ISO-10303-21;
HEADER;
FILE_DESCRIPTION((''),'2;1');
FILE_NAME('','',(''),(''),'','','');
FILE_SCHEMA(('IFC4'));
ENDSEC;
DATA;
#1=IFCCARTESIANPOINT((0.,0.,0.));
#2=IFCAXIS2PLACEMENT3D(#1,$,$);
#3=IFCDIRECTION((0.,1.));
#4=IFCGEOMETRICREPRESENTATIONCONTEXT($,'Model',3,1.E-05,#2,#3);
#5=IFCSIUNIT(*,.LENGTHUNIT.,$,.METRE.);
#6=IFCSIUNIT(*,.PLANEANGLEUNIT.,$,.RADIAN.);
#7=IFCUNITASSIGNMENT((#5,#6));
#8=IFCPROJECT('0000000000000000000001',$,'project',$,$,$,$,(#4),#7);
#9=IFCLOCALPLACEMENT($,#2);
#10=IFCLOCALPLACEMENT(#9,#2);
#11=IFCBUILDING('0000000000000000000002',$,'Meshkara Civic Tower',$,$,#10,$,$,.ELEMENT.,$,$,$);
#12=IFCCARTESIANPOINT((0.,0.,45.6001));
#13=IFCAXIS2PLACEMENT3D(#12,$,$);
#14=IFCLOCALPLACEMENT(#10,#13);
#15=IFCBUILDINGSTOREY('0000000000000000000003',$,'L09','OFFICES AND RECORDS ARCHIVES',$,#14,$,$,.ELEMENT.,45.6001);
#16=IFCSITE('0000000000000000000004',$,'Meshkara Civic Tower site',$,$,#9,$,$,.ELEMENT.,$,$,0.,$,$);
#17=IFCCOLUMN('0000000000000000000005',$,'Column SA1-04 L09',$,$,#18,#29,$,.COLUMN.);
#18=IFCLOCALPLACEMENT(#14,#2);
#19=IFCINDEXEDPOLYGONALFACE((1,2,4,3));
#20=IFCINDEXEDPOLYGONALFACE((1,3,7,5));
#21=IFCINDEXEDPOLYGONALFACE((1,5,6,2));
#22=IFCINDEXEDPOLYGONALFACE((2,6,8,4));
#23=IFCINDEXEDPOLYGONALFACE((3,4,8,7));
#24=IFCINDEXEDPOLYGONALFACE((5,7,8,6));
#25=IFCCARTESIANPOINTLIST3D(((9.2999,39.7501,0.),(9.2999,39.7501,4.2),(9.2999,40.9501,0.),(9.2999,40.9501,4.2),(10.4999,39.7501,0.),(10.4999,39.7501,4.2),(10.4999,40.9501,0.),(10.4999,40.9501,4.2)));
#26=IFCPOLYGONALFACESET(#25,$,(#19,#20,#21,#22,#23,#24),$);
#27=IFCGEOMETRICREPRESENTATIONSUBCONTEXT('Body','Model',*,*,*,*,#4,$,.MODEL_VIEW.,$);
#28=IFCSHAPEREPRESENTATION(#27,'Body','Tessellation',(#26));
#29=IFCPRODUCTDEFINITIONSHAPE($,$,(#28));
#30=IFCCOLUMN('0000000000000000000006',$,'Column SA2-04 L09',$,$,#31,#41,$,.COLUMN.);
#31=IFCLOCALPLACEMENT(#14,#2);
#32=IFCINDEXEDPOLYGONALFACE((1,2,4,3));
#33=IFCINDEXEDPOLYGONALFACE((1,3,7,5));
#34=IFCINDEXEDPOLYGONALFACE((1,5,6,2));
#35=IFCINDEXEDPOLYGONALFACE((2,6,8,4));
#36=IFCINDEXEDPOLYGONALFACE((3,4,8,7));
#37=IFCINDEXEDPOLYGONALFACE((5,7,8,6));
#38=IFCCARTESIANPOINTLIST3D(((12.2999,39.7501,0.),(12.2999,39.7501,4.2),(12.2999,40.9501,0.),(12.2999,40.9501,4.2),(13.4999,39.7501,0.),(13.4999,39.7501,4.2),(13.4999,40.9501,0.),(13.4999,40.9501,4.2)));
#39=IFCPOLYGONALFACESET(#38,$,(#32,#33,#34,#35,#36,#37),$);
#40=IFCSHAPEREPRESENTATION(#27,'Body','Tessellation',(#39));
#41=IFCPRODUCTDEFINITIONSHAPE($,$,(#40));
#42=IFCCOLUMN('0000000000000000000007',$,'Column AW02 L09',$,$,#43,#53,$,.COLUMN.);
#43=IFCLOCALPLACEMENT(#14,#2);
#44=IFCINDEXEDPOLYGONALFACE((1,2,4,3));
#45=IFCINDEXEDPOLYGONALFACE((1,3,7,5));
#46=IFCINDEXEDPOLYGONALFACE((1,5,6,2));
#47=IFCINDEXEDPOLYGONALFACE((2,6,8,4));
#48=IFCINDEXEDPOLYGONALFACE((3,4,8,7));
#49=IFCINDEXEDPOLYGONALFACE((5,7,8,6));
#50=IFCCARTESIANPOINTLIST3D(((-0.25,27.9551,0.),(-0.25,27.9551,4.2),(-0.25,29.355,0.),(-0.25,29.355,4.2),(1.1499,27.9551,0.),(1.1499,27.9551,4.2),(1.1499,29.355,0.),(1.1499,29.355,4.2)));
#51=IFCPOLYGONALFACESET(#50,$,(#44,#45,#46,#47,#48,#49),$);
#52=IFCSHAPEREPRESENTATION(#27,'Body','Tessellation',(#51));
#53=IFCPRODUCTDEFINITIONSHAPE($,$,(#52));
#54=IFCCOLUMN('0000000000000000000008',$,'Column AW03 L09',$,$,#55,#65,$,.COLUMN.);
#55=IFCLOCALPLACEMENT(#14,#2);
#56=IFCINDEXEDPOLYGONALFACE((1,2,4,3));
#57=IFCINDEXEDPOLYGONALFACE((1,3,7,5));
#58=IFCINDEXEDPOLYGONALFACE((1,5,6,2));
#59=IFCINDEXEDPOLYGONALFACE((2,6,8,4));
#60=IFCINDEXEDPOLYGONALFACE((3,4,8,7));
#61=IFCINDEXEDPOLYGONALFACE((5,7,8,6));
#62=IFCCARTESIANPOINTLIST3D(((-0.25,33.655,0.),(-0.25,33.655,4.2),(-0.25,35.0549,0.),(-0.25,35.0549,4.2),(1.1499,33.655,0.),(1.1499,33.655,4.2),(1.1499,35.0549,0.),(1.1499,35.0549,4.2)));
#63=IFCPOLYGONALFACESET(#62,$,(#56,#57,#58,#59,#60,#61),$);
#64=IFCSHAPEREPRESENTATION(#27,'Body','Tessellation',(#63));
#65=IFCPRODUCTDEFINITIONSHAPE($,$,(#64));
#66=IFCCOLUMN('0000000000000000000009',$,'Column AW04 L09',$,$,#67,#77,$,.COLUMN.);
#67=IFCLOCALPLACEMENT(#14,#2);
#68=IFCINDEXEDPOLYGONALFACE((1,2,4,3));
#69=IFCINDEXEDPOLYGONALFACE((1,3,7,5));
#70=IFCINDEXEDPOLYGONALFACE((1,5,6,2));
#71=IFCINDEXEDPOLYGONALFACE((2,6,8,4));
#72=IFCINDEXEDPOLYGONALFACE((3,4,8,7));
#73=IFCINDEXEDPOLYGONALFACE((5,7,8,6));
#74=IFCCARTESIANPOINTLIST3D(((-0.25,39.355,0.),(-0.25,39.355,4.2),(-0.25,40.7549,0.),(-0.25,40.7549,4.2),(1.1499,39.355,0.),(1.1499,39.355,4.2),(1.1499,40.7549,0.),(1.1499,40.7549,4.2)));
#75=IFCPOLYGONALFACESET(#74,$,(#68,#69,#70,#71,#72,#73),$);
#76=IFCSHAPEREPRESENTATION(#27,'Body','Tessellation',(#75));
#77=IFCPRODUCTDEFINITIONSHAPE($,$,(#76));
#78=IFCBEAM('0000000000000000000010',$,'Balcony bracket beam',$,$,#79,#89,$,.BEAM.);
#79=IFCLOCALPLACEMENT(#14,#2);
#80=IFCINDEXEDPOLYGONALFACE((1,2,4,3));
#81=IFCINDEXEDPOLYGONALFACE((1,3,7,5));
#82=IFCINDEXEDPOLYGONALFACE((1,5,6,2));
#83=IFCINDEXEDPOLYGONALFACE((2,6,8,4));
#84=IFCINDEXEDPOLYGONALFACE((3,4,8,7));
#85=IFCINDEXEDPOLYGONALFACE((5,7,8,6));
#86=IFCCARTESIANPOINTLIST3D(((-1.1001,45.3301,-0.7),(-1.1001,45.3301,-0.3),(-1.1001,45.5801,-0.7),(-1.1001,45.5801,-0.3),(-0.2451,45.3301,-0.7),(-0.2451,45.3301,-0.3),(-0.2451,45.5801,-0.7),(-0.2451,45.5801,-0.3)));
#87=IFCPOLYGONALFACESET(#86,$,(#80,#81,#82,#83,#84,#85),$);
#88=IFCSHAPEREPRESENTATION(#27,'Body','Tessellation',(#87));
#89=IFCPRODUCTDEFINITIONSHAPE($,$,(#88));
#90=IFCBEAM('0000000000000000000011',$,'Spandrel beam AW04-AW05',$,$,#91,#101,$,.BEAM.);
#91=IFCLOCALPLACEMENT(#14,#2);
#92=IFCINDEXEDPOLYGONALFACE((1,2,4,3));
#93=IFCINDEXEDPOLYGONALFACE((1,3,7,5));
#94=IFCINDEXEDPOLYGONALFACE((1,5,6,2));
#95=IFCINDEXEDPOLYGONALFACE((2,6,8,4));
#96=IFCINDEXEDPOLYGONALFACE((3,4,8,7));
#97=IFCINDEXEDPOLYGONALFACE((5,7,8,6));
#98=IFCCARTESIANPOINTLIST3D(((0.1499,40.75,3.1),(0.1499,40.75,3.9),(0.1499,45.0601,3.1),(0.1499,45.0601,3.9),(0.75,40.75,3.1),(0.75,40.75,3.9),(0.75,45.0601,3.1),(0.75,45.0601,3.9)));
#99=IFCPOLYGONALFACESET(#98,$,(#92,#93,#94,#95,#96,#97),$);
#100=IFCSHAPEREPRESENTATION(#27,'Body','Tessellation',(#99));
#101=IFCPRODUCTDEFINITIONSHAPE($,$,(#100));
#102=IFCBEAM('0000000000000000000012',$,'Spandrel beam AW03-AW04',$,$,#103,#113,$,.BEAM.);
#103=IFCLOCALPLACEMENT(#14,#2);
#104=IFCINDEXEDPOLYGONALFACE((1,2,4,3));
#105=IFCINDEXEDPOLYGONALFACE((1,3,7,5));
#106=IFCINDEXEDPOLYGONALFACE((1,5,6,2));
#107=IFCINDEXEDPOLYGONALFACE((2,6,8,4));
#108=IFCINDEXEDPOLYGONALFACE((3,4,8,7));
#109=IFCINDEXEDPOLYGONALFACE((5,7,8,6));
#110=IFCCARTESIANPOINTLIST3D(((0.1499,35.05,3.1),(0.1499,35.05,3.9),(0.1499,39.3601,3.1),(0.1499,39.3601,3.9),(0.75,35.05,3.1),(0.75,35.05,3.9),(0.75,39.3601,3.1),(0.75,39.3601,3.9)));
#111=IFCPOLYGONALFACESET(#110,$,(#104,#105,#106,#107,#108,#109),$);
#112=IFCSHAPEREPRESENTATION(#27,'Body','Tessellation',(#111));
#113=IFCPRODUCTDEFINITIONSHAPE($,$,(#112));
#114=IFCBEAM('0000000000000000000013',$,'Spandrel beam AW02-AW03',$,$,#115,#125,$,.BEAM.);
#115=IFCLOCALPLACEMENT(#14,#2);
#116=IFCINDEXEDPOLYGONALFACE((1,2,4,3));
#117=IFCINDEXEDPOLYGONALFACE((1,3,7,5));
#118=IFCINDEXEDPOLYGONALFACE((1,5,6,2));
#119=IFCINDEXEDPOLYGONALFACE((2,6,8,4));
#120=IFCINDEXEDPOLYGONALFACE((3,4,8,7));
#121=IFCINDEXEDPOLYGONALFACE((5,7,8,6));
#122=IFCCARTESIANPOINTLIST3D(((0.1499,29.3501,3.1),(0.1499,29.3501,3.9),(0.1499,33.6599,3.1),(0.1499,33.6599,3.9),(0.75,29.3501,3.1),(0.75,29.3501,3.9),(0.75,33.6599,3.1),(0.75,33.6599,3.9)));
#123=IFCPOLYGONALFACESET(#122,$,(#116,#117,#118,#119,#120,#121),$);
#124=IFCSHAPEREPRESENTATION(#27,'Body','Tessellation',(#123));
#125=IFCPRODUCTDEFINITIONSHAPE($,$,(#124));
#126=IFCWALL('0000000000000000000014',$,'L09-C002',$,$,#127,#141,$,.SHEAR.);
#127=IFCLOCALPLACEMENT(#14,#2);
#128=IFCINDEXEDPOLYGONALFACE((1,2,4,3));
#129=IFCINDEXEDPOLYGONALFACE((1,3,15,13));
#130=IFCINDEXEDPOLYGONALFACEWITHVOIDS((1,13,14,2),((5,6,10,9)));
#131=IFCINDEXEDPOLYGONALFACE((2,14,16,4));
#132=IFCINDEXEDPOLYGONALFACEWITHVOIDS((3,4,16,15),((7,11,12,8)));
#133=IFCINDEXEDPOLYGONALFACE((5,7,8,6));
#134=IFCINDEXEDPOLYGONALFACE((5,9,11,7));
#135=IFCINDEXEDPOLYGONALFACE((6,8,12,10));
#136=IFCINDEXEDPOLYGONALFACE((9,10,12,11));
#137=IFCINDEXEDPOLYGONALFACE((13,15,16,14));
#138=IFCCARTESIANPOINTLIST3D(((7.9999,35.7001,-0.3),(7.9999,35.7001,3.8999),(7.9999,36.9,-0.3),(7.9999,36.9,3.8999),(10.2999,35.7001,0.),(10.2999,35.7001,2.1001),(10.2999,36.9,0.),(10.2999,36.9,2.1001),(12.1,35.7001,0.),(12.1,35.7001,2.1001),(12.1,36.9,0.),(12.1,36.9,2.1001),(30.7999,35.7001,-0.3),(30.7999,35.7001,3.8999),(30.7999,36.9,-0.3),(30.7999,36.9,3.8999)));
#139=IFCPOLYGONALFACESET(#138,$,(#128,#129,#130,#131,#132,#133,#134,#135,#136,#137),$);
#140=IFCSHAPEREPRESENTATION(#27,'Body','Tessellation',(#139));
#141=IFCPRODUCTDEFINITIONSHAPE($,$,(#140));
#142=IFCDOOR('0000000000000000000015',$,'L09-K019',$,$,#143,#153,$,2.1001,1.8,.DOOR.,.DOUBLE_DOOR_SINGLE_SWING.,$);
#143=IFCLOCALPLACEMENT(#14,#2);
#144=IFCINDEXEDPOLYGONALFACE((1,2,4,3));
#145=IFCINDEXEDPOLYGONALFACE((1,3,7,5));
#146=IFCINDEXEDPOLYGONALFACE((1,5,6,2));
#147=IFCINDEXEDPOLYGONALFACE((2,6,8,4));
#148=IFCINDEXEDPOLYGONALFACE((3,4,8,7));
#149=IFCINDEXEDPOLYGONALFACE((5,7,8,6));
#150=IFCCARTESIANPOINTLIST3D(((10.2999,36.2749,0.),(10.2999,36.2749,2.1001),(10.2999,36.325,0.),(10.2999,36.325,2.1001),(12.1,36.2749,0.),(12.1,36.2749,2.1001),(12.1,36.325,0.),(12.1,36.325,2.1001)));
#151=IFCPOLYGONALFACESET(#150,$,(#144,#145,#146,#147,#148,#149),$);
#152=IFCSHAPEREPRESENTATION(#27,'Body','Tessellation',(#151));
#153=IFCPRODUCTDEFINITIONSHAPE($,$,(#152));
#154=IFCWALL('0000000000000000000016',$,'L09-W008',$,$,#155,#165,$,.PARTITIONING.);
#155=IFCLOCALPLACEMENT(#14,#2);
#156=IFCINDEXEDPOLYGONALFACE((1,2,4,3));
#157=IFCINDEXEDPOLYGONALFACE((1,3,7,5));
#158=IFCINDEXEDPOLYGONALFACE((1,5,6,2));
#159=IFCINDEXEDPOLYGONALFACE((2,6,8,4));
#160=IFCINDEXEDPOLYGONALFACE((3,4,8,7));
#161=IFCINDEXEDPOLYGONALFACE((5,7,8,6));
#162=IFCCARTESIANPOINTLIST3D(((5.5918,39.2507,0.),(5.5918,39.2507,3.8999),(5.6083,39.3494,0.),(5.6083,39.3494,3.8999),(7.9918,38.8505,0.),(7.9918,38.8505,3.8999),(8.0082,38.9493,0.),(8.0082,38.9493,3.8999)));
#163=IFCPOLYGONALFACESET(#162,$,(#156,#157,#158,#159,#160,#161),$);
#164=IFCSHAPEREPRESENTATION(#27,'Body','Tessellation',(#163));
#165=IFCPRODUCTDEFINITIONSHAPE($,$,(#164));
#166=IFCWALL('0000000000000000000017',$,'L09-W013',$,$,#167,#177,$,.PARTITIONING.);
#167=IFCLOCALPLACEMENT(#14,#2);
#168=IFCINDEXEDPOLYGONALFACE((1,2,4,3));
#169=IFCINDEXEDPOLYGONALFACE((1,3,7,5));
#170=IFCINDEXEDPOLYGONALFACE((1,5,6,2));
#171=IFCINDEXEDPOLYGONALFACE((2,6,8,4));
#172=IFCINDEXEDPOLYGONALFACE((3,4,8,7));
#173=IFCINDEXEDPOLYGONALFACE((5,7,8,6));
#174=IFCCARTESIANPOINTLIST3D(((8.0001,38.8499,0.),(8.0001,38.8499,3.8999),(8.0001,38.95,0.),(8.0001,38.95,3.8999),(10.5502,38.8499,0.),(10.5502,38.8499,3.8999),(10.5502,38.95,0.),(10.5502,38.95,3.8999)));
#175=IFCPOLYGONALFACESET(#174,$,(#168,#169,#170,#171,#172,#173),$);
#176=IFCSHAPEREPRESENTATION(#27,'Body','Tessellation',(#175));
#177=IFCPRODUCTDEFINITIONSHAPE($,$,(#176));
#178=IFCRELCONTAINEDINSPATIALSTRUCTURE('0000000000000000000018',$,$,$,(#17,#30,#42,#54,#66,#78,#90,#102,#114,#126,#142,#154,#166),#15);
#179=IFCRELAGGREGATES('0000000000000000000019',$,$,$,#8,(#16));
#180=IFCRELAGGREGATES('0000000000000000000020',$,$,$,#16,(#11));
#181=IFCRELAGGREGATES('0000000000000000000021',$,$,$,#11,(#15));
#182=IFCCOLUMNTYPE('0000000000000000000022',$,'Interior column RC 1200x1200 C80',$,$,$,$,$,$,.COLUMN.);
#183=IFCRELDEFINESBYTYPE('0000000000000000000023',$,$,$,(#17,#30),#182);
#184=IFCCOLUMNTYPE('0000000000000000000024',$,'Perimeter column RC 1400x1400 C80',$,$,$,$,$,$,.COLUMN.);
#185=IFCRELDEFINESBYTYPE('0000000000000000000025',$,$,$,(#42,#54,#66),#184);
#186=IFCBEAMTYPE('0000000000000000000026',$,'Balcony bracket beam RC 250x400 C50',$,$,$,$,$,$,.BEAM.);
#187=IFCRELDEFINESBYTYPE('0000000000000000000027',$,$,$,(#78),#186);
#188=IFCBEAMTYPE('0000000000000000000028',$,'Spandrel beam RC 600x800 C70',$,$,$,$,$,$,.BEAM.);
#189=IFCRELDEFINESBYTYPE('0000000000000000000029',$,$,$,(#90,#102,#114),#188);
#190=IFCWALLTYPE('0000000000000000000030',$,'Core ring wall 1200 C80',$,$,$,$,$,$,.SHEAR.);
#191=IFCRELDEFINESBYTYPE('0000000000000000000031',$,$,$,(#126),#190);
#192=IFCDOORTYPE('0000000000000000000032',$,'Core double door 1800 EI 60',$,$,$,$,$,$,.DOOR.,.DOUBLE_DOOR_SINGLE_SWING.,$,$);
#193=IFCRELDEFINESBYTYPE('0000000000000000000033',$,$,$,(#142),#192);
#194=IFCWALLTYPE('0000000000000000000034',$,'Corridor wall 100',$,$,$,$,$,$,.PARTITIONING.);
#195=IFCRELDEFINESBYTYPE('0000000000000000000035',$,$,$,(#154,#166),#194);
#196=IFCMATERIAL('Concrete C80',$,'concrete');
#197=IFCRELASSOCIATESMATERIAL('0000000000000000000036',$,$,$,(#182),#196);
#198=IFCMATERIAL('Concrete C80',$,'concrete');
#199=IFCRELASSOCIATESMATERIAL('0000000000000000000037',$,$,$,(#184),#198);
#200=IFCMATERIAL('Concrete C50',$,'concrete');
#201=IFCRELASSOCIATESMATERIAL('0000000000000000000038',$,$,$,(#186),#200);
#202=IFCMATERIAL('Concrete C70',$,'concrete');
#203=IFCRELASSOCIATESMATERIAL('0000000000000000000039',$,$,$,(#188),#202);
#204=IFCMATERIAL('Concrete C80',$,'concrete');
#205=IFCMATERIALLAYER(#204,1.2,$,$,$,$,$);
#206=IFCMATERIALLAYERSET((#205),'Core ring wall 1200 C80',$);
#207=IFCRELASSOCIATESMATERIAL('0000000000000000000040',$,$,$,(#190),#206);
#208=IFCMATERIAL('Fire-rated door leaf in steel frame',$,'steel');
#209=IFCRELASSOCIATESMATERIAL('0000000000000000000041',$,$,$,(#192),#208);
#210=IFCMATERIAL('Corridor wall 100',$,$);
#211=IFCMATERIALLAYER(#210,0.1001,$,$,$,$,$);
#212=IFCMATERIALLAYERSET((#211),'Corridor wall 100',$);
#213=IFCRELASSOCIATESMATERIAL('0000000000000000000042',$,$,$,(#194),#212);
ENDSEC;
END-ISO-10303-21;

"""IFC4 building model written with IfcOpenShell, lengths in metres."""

from ifc_helpers import new_model, si_unit, direction, frame, frame_2d, origin, origin_2d, place, context, subcontext, project, spatial, rectangle, extrude, material, layer, layer_set, material_profile, profile_set, type_object, element, fill, save


model = new_model("IFC4")

# Units and contexts
model_context = context("Model", 3, precision=1e-05, world=origin(), true_north=direction((0.0, 1.0)))
body_context = subcontext(model_context, "Body", "Model", "MODEL_VIEW")
ifc_project = project(units=[si_unit("LENGTHUNIT", "METRE"), si_unit("PLANEANGLEUNIT", "RADIAN")], contexts=[model_context])

# Site, building, storey
site_placement = place(None, origin())
site = spatial("IfcSite", under=ifc_project, at=site_placement, Name="Meshkara Civic Tower site", CompositionType="ELEMENT", RefElevation=0.0)
building_placement = place(site_placement, origin())
building = spatial("IfcBuilding", under=site, at=building_placement, Name="Meshkara Civic Tower", CompositionType="ELEMENT")
storey_placement = place(building_placement, frame((0.0, 0.0, 45.6001)))
storey = spatial("IfcBuildingStorey", under=building, at=storey_placement, Name="L09", Description="OFFICES AND RECORDS ARCHIVES", CompositionType="ELEMENT", Elevation=45.6001)

# Columns
ifc_material_1 = material(Name="Concrete C80", Category="concrete")
ifc_material_profile_1 = material_profile(ifc_material_1, rectangle(XDim=1.2, YDim=1.2, at=origin_2d()))
ifc_profile_set_1 = profile_set([ifc_material_profile_1], Name="Concrete C80")
column_type_1 = type_object("IfcColumnType", Name="Interior column RC 1200x1200 C80", PredefinedType="COLUMN", material=ifc_profile_set_1)
for number, where, z_axis, x_axis, name in (
    (1, (9.8999, 40.3501, 0.0), (0.0, 0.0, 1.0), (1.0, 0.0, 0.0), "Column SA1-04 L09"),
    (2, (12.8999, 40.3501, 0.0), (0.0, 0.0, 1.0), (1.0, 0.0, 0.0), "Column SA2-04 L09"),
):
    element("IfcColumn", number, at=place(storey_placement, frame(where, z_axis=z_axis, x_axis=x_axis)), inside=storey, type_object=column_type_1, Name=name, PredefinedType="COLUMN", context=body_context, shape_type="SweptSolid", body=[
        extrude(rectangle(XDim=1.2, YDim=1.2, at=origin_2d()), origin(), (0.0, 0.0, 1.0), 4.2),
    ])
ifc_material_2 = material(Name="Concrete C80", Category="concrete")
ifc_material_profile_2 = material_profile(ifc_material_2, rectangle(XDim=1.3999, YDim=1.3999, at=origin_2d()))
ifc_profile_set_2 = profile_set([ifc_material_profile_2], Name="Concrete C80")
column_type_2 = type_object("IfcColumnType", Name="Perimeter column RC 1400x1400 C80", PredefinedType="COLUMN", material=ifc_profile_set_2)
for number, where, z_axis, x_axis, name in (
    (3, (0.45, 28.655, 0.0), (0.0, 0.0, 1.0), (1.0, 0.0, 0.0), "Column AW02 L09"),
    (4, (0.45, 34.355, 0.0), (0.0, 0.0, 1.0), (1.0, 0.0, 0.0), "Column AW03 L09"),
    (5, (0.45, 40.0549, 0.0), (0.0, 0.0, 1.0), (1.0, 0.0, 0.0), "Column AW04 L09"),
):
    element("IfcColumn", number, at=place(storey_placement, frame(where, z_axis=z_axis, x_axis=x_axis)), inside=storey, type_object=column_type_2, Name=name, PredefinedType="COLUMN", context=body_context, shape_type="SweptSolid", body=[
        extrude(rectangle(XDim=1.3999, YDim=1.3999, at=origin_2d()), origin(), (0.0, 0.0, 1.0), 4.2),
    ])

# Beams
ifc_material_3 = material(Name="Concrete C50", Category="concrete")
ifc_material_profile_3 = material_profile(ifc_material_3, rectangle(XDim=0.25, YDim=0.3999, at=origin_2d()))
ifc_profile_set_3 = profile_set([ifc_material_profile_3], Name="Concrete C50")
beam_type_1 = type_object("IfcBeamType", Name="Balcony bracket beam RC 250x400 C50", PredefinedType="BEAM", material=ifc_profile_set_3)
beam_1_placement = place(storey_placement, frame((-0.2451, 45.4551, -0.5), z_axis=(-1.0, 0.0, 0.0), x_axis=(0.0, -1.0, 0.0)))
element("IfcBeam", 6, at=beam_1_placement, inside=storey, type_object=beam_type_1, Name="Balcony bracket beam", PredefinedType="BEAM", context=body_context, shape_type="SweptSolid", body=[
    extrude(rectangle(XDim=0.25, YDim=0.3999, at=origin_2d()), origin(), (0.0, 0.0, 1.0), 0.855),
])
ifc_material_4 = material(Name="Concrete C70", Category="concrete")
ifc_material_profile_4 = material_profile(ifc_material_4, rectangle(XDim=0.6001, YDim=0.8, at=origin_2d()))
ifc_profile_set_4 = profile_set([ifc_material_profile_4], Name="Concrete C70")
beam_type_2 = type_object("IfcBeamType", Name="Spandrel beam RC 600x800 C70", PredefinedType="BEAM", material=ifc_profile_set_4)
for number, where, z_axis, x_axis, name in (
    (7, (0.45, 45.0601, 3.5), (0.0, -1.0, 0.0), (1.0, 0.0, 0.0), "Spandrel beam AW04-AW05"),
    (8, (0.45, 39.3601, 3.5), (0.0, -1.0, 0.0), (1.0, 0.0, 0.0), "Spandrel beam AW03-AW04"),
):
    element("IfcBeam", number, at=place(storey_placement, frame(where, z_axis=z_axis, x_axis=x_axis)), inside=storey, type_object=beam_type_2, Name=name, PredefinedType="BEAM", context=body_context, shape_type="SweptSolid", body=[
        extrude(rectangle(XDim=0.6001, YDim=0.8, at=origin_2d()), origin(), (0.0, 0.0, 1.0), 4.3101),
    ])
beam_2_placement = place(storey_placement, frame((0.45, 33.6599, 3.5), z_axis=(0.0, -1.0, 0.0), x_axis=(1.0, 0.0, 0.0)))
element("IfcBeam", 9, at=beam_2_placement, inside=storey, type_object=beam_type_2, Name="Spandrel beam AW02-AW03", PredefinedType="BEAM", context=body_context, shape_type="SweptSolid", body=[
    extrude(rectangle(XDim=0.6001, YDim=0.8, at=origin_2d()), origin(), (0.0, 0.0, 1.0), 4.3098),
])

# Wall, opening, door
ifc_material_5 = material(Name="Concrete C80", Category="concrete")
ifc_layer_1 = layer(ifc_material_5, 1.2)
ifc_layer_set_1 = layer_set([ifc_layer_1], Name="Core ring wall 1200 C80")
wall_type_1 = type_object("IfcWallType", Name="Core ring wall 1200 C80", PredefinedType="SHEAR", material=ifc_layer_set_1)
wall_1_placement = place(storey_placement, frame((8.0, 36.3, -0.3), z_axis=(0.0, 0.0, 1.0), x_axis=(1.0, 0.0, 0.0)))
wall_1 = element("IfcWall", 10, at=wall_1_placement, inside=storey, type_object=wall_type_1, Name="L09-C002", PredefinedType="SHEAR", context=body_context, shape_type="SweptSolid", body=[
    extrude(rectangle(XDim=22.8, YDim=1.2, at=frame_2d((11.3999, 0.0))), origin(), (0.0, 0.0, 1.0), 4.2),
])
opening_1_placement = place(wall_1_placement, frame((2.3, 0.0, 0.3)))
opening_1 = element("IfcOpeningElement", 11, at=opening_1_placement, cuts=wall_1, PredefinedType="OPENING", context=body_context, shape_type="SweptSolid", body=[
    extrude(rectangle(XDim=1.8, YDim=2.1001, at=frame_2d((0.8999, 1.05))), frame((0.0, 0.6099, 0.0), z_axis=(0.0, -1.0, 0.0), x_axis=(1.0, 0.0, 0.0)), (0.0, 0.0, 1.0), 1.22),
])
ifc_material_6 = material(Name="Fire-rated door leaf in steel frame", Category="steel")
door_type_1 = type_object("IfcDoorType", Name="Core double door 1800 EI 60", OperationType="DOUBLE_DOOR_SINGLE_SWING", PredefinedType="DOOR", material=ifc_material_6)
door_1_placement = place(opening_1_placement, origin())
door_1 = element("IfcDoor", 12, at=door_1_placement, inside=storey, type_object=door_type_1, Name="L09-K019", OperationType="DOUBLE_DOOR_SINGLE_SWING", OverallHeight=2.1001, OverallWidth=1.8, PredefinedType="DOOR", context=body_context, shape_type="SweptSolid", body=[
    extrude(rectangle(XDim=1.8, YDim=2.1001, at=frame_2d((0.8999, 1.05))), frame((0.0, 0.0249, 0.0), z_axis=(0.0, -1.0, 0.0), x_axis=(1.0, 0.0, 0.0)), (0.0, 0.0, 1.0), 0.05),
])
fill(opening_1, door_1)

# Walls
ifc_material_7 = material(Name="Corridor wall 100")
ifc_layer_2 = layer(ifc_material_7, 0.1001)
ifc_layer_set_2 = layer_set([ifc_layer_2], Name="Corridor wall 100")
wall_type_2 = type_object("IfcWallType", Name="Corridor wall 100", PredefinedType="PARTITIONING", material=ifc_layer_set_2)
wall_2_placement = place(storey_placement, frame((8.0, 38.8999, 0.0), z_axis=(0.0, 0.0, 1.0), x_axis=(-0.986383, 0.164464, 0.0)))
element("IfcWall", 13, at=wall_2_placement, inside=storey, type_object=wall_type_2, Name="L09-W008", PredefinedType="PARTITIONING", context=body_context, shape_type="SweptSolid", body=[
    extrude(rectangle(XDim=2.4331, YDim=0.1001, at=frame_2d((1.2166, 0.0))), origin(), (0.0, 0.0, 1.0), 3.8999),
])
wall_3_placement = place(storey_placement, frame((10.55, 38.8999, 0.0), z_axis=(0.0, 0.0, 1.0), x_axis=(-1.0, 0.0, 0.0)))
element("IfcWall", 14, at=wall_3_placement, inside=storey, type_object=wall_type_2, Name="L09-W013", PredefinedType="PARTITIONING", context=body_context, shape_type="SweptSolid", body=[
    extrude(rectangle(XDim=2.55, YDim=0.1001, at=frame_2d((1.2749, 0.0))), origin(), (0.0, 0.0, 1.0), 3.8999),
])

save(model, "model.ifc")
